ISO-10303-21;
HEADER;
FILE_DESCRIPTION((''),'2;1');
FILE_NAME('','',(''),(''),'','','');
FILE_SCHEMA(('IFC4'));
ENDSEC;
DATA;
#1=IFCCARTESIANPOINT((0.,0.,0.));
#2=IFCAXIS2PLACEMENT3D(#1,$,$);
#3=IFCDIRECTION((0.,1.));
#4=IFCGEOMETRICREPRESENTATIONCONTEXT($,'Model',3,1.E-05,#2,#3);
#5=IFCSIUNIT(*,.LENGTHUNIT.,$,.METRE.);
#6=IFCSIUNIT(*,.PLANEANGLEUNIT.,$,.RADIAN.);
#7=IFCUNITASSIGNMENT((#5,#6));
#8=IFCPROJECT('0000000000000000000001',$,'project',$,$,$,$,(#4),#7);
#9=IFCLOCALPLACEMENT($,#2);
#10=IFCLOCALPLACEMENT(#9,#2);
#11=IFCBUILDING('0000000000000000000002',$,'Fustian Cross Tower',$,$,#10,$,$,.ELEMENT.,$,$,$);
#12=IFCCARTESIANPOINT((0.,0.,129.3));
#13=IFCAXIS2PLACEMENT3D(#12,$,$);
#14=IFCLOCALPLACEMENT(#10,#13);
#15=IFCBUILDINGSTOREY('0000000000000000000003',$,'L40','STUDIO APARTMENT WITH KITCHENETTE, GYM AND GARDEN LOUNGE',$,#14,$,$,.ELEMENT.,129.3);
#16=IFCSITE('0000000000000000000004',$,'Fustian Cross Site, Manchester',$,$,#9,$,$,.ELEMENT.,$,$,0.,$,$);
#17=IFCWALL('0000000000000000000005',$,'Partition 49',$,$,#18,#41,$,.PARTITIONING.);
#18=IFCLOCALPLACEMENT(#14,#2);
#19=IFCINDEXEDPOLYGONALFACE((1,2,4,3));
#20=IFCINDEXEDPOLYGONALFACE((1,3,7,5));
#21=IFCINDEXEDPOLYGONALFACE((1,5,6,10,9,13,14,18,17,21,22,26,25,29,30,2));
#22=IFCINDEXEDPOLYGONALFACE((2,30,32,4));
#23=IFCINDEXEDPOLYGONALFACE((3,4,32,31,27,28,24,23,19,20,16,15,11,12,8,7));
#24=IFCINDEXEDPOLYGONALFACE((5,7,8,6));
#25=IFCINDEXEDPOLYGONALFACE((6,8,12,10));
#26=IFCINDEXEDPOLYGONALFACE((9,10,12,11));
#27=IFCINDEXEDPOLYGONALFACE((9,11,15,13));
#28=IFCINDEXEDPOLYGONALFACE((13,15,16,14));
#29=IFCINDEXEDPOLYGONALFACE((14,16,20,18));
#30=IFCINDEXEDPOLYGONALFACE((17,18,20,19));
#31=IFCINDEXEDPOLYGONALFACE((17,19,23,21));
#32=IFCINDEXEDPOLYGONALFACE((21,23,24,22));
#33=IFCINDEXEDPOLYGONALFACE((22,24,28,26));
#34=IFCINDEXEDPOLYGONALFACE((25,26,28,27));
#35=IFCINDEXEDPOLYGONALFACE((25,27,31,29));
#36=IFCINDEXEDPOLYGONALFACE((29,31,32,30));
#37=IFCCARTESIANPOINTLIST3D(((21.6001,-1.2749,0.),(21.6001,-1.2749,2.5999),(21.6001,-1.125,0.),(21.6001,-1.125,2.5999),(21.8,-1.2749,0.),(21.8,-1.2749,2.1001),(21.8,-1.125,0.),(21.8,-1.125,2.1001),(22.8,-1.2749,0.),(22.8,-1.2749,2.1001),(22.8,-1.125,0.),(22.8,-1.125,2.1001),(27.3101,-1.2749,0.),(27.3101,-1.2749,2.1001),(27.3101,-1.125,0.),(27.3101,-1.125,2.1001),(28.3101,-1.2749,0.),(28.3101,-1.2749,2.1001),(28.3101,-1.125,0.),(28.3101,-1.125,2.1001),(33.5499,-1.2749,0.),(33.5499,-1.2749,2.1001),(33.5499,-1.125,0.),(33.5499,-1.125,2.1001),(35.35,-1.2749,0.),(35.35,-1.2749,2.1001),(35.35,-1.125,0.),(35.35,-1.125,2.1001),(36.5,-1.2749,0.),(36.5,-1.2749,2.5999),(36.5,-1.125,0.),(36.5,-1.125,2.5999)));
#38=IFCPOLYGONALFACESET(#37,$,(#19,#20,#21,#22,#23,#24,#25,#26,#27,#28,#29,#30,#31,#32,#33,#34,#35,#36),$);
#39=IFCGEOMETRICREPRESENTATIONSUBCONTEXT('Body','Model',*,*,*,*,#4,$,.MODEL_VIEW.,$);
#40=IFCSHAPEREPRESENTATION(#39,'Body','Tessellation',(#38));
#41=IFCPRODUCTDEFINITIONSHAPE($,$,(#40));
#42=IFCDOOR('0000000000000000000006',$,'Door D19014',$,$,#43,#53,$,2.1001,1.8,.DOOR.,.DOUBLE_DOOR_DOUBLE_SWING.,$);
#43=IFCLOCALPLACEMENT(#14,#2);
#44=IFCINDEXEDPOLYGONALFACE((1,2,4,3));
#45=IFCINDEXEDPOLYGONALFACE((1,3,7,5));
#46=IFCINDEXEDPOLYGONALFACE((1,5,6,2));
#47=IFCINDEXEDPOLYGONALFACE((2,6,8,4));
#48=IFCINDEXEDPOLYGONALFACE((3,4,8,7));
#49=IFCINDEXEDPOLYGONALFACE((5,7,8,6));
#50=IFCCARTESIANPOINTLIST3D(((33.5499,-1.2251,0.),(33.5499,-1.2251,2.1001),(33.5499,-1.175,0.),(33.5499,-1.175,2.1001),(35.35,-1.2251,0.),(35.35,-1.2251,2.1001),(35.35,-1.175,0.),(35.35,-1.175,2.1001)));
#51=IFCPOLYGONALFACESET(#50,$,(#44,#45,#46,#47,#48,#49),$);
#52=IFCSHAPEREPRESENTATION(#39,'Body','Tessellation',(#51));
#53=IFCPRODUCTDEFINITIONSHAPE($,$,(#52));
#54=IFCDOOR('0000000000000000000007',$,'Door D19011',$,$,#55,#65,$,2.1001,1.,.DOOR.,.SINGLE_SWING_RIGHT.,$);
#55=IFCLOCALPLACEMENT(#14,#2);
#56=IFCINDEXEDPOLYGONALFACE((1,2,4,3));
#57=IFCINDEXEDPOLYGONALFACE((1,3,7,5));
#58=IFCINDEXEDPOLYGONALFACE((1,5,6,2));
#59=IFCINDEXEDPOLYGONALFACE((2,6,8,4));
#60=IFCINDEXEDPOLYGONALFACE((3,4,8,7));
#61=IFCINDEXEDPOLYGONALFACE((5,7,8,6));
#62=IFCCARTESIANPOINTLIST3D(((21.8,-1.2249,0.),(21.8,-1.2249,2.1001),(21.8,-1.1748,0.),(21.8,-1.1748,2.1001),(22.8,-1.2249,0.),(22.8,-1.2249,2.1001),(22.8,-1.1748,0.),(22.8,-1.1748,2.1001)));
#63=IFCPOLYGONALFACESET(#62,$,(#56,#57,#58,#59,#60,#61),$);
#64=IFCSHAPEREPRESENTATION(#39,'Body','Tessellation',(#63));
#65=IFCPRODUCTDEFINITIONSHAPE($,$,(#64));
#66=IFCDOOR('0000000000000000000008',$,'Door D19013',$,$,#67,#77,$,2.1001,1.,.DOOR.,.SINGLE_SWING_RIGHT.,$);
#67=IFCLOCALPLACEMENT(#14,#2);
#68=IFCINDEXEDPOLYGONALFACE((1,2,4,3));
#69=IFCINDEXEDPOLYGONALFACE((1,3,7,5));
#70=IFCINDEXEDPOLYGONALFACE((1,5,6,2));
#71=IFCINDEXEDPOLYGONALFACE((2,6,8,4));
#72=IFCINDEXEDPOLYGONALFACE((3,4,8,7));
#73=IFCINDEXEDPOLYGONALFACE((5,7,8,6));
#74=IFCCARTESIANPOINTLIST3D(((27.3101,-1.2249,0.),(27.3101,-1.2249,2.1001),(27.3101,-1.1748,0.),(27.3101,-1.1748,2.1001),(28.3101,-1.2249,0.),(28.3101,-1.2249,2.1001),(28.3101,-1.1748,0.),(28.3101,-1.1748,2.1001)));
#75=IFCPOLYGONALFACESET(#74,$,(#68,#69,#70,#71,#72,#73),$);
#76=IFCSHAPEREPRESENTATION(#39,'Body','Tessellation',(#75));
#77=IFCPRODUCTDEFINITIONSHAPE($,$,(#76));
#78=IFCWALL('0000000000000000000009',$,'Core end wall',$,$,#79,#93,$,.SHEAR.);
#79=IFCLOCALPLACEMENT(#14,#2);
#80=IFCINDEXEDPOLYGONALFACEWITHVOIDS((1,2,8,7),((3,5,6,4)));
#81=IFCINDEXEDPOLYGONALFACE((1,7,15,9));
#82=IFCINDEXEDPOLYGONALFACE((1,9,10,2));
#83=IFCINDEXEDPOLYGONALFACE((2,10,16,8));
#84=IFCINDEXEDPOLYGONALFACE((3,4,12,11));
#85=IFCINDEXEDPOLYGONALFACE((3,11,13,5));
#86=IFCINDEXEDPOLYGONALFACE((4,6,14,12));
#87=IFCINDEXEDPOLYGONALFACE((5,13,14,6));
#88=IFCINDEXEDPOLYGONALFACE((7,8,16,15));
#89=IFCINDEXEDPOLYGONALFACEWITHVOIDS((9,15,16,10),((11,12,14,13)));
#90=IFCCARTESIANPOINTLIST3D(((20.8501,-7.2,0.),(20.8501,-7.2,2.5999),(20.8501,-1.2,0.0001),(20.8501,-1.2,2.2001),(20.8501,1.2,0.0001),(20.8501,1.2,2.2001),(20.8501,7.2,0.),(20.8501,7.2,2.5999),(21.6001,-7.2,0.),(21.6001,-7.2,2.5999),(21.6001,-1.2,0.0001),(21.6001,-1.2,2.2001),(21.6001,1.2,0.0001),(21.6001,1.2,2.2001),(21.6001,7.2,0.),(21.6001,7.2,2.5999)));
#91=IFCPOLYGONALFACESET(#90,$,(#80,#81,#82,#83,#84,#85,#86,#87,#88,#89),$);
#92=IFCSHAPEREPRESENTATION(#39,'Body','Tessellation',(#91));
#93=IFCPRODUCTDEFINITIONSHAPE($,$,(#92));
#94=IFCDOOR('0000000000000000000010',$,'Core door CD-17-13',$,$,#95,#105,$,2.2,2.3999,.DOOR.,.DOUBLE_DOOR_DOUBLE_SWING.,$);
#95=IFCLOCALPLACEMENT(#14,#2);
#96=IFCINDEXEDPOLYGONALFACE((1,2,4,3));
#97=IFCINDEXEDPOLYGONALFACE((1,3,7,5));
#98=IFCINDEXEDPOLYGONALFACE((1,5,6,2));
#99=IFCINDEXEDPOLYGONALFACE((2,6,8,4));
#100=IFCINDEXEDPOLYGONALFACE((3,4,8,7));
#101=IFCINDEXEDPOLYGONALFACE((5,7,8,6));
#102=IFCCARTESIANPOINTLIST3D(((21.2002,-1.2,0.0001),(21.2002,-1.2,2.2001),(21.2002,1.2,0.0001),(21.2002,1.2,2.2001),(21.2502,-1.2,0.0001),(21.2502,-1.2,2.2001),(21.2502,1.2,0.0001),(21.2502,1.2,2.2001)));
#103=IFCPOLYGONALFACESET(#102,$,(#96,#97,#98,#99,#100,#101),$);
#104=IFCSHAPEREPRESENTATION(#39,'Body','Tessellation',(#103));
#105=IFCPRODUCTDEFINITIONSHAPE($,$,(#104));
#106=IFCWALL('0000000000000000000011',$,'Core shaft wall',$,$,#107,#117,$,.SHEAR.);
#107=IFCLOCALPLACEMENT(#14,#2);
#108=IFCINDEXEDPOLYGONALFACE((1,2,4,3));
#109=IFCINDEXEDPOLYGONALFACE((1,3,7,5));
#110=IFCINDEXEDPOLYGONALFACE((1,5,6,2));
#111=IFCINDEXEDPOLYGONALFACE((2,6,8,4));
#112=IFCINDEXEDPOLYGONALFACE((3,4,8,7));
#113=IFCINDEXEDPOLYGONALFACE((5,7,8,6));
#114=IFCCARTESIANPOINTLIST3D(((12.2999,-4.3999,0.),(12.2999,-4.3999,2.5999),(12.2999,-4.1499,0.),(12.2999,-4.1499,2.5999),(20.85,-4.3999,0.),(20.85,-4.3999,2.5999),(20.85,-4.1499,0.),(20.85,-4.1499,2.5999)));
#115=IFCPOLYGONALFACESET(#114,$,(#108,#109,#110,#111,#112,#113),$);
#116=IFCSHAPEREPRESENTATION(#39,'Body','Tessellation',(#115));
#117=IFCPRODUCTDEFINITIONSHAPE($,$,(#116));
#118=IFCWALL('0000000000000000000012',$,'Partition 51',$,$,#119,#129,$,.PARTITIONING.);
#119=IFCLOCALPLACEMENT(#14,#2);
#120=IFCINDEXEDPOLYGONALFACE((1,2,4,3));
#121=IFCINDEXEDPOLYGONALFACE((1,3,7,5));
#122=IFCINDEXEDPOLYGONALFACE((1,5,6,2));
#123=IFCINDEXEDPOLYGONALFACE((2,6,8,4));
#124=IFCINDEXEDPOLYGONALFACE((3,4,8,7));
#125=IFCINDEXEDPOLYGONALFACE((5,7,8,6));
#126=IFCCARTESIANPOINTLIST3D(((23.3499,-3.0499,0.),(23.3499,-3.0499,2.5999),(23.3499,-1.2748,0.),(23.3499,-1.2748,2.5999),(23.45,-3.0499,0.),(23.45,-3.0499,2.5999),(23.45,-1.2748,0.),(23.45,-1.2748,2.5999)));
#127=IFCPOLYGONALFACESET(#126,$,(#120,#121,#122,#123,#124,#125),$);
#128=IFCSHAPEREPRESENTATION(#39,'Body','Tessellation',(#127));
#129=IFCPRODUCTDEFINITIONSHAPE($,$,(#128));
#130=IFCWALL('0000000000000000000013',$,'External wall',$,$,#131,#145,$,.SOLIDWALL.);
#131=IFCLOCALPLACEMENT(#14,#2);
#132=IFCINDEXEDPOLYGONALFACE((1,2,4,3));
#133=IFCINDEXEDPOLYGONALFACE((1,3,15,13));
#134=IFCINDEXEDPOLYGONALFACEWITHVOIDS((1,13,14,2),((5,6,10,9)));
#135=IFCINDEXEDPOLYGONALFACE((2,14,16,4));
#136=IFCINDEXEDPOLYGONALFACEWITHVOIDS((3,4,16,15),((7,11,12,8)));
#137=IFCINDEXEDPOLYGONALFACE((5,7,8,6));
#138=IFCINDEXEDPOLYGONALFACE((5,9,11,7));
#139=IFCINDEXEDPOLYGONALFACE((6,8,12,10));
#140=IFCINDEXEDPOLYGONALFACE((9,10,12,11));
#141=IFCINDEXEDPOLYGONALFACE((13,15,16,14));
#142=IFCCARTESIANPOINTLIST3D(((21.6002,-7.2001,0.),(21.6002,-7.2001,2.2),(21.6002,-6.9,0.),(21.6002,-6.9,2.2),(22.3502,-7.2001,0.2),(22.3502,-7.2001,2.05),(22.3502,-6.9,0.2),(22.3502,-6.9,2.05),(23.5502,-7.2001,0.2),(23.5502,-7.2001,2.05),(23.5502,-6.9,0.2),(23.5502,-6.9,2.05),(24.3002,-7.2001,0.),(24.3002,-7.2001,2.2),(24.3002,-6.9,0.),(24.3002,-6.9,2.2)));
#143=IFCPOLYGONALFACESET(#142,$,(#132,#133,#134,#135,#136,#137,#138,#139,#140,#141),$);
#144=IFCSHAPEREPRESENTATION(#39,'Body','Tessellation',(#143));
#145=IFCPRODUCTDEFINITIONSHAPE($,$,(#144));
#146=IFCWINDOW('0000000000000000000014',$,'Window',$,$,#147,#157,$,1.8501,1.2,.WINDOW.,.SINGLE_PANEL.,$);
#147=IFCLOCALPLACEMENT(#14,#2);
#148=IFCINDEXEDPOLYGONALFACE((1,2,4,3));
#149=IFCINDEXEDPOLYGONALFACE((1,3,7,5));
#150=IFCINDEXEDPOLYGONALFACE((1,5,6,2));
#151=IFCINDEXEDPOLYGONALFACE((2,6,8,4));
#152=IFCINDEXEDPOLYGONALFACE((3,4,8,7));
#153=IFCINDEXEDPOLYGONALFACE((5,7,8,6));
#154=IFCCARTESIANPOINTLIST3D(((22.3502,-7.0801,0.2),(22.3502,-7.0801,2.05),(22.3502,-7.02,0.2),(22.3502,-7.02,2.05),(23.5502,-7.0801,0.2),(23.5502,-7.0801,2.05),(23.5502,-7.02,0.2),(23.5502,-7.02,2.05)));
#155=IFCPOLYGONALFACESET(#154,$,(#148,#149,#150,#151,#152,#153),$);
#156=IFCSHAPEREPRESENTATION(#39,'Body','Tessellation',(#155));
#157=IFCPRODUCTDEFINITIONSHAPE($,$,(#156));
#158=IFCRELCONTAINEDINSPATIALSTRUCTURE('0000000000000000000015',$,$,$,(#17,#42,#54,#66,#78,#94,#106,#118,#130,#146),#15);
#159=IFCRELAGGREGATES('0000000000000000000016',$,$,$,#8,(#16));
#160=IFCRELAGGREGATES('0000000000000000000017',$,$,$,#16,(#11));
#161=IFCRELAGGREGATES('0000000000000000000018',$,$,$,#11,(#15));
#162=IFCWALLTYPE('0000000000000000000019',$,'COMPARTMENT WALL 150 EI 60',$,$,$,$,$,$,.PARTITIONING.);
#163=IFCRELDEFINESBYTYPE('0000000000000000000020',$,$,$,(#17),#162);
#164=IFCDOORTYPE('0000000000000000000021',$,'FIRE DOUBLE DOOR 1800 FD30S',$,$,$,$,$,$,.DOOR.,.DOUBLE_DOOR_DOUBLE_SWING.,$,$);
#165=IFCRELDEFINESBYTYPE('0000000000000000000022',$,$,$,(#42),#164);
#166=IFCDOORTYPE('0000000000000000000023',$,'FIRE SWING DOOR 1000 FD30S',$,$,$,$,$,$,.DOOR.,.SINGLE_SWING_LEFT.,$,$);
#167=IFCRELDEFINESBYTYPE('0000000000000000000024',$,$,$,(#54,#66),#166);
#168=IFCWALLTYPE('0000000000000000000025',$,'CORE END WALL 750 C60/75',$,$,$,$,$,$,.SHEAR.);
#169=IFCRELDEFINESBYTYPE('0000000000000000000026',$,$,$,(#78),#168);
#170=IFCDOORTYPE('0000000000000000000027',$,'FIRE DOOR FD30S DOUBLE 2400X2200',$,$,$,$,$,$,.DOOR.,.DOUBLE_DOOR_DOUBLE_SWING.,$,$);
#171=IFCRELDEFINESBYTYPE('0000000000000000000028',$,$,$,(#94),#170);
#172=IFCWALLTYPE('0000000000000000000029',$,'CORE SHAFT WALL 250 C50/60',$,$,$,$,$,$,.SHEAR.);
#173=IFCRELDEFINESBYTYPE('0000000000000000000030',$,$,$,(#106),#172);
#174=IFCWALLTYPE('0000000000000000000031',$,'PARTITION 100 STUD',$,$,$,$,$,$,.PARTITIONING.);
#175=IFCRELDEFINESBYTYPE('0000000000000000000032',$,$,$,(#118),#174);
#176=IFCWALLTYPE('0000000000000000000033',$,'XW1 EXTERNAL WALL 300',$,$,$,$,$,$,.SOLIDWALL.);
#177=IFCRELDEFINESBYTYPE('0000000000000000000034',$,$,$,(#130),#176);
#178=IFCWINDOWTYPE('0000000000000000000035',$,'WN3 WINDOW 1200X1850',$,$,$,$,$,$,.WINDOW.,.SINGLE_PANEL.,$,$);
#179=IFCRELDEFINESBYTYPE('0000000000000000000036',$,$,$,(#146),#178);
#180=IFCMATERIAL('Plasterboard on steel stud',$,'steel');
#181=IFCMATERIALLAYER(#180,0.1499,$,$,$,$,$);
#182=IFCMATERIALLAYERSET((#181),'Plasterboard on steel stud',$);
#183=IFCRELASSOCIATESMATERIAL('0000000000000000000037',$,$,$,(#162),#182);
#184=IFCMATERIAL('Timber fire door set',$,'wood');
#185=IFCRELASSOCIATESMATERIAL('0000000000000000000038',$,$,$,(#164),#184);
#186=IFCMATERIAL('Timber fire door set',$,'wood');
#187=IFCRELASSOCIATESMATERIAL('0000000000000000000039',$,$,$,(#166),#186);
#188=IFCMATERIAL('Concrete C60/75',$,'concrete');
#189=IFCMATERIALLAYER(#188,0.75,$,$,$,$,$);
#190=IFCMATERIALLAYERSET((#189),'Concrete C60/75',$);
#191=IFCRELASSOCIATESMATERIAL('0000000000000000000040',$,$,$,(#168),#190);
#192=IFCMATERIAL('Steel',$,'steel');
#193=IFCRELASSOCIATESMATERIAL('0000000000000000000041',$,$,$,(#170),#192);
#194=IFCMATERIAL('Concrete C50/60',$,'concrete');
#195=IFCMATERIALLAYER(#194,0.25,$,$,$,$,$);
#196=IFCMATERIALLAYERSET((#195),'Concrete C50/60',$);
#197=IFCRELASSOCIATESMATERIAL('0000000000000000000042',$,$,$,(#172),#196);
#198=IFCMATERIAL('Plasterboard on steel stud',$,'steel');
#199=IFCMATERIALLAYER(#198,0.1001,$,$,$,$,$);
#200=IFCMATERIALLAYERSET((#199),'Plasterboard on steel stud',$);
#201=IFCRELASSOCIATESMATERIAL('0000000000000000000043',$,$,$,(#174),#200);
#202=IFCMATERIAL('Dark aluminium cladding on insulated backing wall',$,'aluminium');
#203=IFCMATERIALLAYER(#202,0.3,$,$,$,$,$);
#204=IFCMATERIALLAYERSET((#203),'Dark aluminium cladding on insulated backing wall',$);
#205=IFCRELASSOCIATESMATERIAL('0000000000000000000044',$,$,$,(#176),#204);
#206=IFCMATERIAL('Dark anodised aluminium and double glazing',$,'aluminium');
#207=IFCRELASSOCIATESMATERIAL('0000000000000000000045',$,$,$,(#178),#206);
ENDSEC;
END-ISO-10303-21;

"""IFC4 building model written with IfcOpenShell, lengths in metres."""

from ifc_helpers import new_model, si_unit, direction, frame, frame_2d, origin, place, context, subcontext, project, spatial, rectangle, extrude, material, layer, layer_set, type_object, element, fill, save


model = new_model("IFC4")

# Units and contexts
model_context = context("Model", 3, precision=1e-05, world=origin(), true_north=direction((0.0, 1.0)))
body_context = subcontext(model_context, "Body", "Model", "MODEL_VIEW")
ifc_project = project(units=[si_unit("LENGTHUNIT", "METRE"), si_unit("PLANEANGLEUNIT", "RADIAN")], contexts=[model_context])

# Site, building, storey
site_placement = place(None, origin())
site = spatial("IfcSite", under=ifc_project, at=site_placement, Name="Fustian Cross Site, Manchester", CompositionType="ELEMENT", RefElevation=0.0)
building_placement = place(site_placement, origin())
building = spatial("IfcBuilding", under=site, at=building_placement, Name="Fustian Cross Tower", CompositionType="ELEMENT")
storey_placement = place(building_placement, frame((0.0, 0.0, 129.3)))
storey = spatial("IfcBuildingStorey", under=building, at=storey_placement, Name="L40", Description="STUDIO APARTMENT WITH KITCHENETTE, GYM AND GARDEN LOUNGE", CompositionType="ELEMENT", Elevation=129.3)

# Wall, openings, doors
ifc_material_1 = material(Name="Plasterboard on steel stud", Category="steel")
ifc_layer_1 = layer(ifc_material_1, 0.1499)
ifc_layer_set_1 = layer_set([ifc_layer_1], Name="Plasterboard on steel stud")
wall_type_1 = type_object("IfcWallType", Name="COMPARTMENT WALL 150 EI 60", PredefinedType="PARTITIONING", material=ifc_layer_set_1)
wall_1_placement = place(storey_placement, frame((21.6001, -1.2, 0.0), z_axis=(0.0, 0.0, 1.0), x_axis=(1.0, 0.0, 0.0)))
wall_1 = element("IfcWall", 1, at=wall_1_placement, inside=storey, type_object=wall_type_1, Name="Partition 49", PredefinedType="PARTITIONING", context=body_context, shape_type="SweptSolid", body=[
    extrude(rectangle(XDim=14.8999, YDim=0.1499, at=frame_2d((7.45, 0.0))), origin(), (0.0, 0.0, 1.0), 2.5999),
])
opening_1_placement = place(wall_1_placement, frame((0.2, 0.0, 0.0)))
opening_1 = element("IfcOpeningElement", 2, at=opening_1_placement, cuts=wall_1, PredefinedType="OPENING", context=body_context, shape_type="SweptSolid", body=[
    extrude(rectangle(XDim=1.0, YDim=2.1001, at=frame_2d((0.5, 1.05))), frame((0.0, 0.085, 0.0), z_axis=(0.0, -1.0, 0.0), x_axis=(1.0, 0.0, 0.0)), (0.0, 0.0, 1.0), 0.1699),
])
opening_2_placement = place(wall_1_placement, frame((5.71, 0.0, 0.0)))
opening_2 = element("IfcOpeningElement", 3, at=opening_2_placement, cuts=wall_1, PredefinedType="OPENING", context=body_context, shape_type="SweptSolid", body=[
    extrude(rectangle(XDim=1.0, YDim=2.1001, at=frame_2d((0.5, 1.05))), frame((0.0, 0.085, 0.0), z_axis=(0.0, -1.0, 0.0), x_axis=(1.0, 0.0, 0.0)), (0.0, 0.0, 1.0), 0.1699),
])
opening_3_placement = place(wall_1_placement, frame((11.95, 0.0, 0.0)))
opening_3 = element("IfcOpeningElement", 4, at=opening_3_placement, cuts=wall_1, PredefinedType="OPENING", context=body_context, shape_type="SweptSolid", body=[
    extrude(rectangle(XDim=1.8, YDim=2.1001, at=frame_2d((0.8999, 1.05))), frame((0.0, 0.085, 0.0), z_axis=(0.0, -1.0, 0.0), x_axis=(1.0, 0.0, 0.0)), (0.0, 0.0, 1.0), 0.1699),
])
ifc_material_2 = material(Name="Timber fire door set", Category="wood")
door_type_1 = type_object("IfcDoorType", Name="FIRE DOUBLE DOOR 1800 FD30S", OperationType="DOUBLE_DOOR_DOUBLE_SWING", PredefinedType="DOOR", material=ifc_material_2)
door_1_placement = place(opening_3_placement, origin())
door_1 = element("IfcDoor", 5, at=door_1_placement, inside=storey, type_object=door_type_1, Name="Door D19014", OperationType="DOUBLE_DOOR_DOUBLE_SWING", OverallHeight=2.1001, OverallWidth=1.8, PredefinedType="DOOR", context=body_context, shape_type="SweptSolid", body=[
    extrude(rectangle(XDim=1.8, YDim=2.1001, at=frame_2d((0.8999, 1.05))), frame((0.0, 0.0249, 0.0), z_axis=(0.0, -1.0, 0.0), x_axis=(1.0, 0.0, 0.0)), (0.0, 0.0, 1.0), 0.05),
])
fill(opening_3, door_1)
ifc_material_3 = material(Name="Timber fire door set", Category="wood")
door_type_2 = type_object("IfcDoorType", Name="FIRE SWING DOOR 1000 FD30S", OperationType="SINGLE_SWING_LEFT", PredefinedType="DOOR", material=ifc_material_3)
door_2_placement = place(opening_1_placement, frame((1.0, 0.0, 0.0), z_axis=(0.0, 0.0, 1.0), x_axis=(-1.0, 0.0, 0.0)))
door_2 = element("IfcDoor", 6, at=door_2_placement, inside=storey, type_object=door_type_2, Name="Door D19011", OperationType="SINGLE_SWING_RIGHT", OverallHeight=2.1001, OverallWidth=1.0, PredefinedType="DOOR", context=body_context, shape_type="SweptSolid", body=[
    extrude(rectangle(XDim=1.0, YDim=2.1001, at=frame_2d((0.5, 1.05))), frame((0.0, 0.0249, 0.0), z_axis=(0.0, -1.0, 0.0), x_axis=(1.0, 0.0, 0.0)), (0.0, 0.0, 1.0), 0.05),
])
fill(opening_1, door_2)
door_3_placement = place(opening_2_placement, frame((1.0, 0.0, 0.0), z_axis=(0.0, 0.0, 1.0), x_axis=(-1.0, 0.0, 0.0)))
door_3 = element("IfcDoor", 7, at=door_3_placement, inside=storey, type_object=door_type_2, Name="Door D19013", OperationType="SINGLE_SWING_RIGHT", OverallHeight=2.1001, OverallWidth=1.0, PredefinedType="DOOR", context=body_context, shape_type="SweptSolid", body=[
    extrude(rectangle(XDim=1.0, YDim=2.1001, at=frame_2d((0.5, 1.05))), frame((0.0, 0.0249, 0.0), z_axis=(0.0, -1.0, 0.0), x_axis=(1.0, 0.0, 0.0)), (0.0, 0.0, 1.0), 0.05),
])
fill(opening_2, door_3)

# Wall, opening, door
ifc_material_4 = material(Name="Concrete C60/75", Category="concrete")
ifc_layer_2 = layer(ifc_material_4, 0.75)
ifc_layer_set_2 = layer_set([ifc_layer_2], Name="Concrete C60/75")
wall_type_2 = type_object("IfcWallType", Name="CORE END WALL 750 C60/75", PredefinedType="SHEAR", material=ifc_layer_set_2)
wall_2_placement = place(storey_placement, frame((21.2251, -7.2, 0.0), z_axis=(0.0, 0.0, 1.0), x_axis=(0.0, 1.0, 0.0)))
wall_2 = element("IfcWall", 8, at=wall_2_placement, inside=storey, type_object=wall_type_2, Name="Core end wall", PredefinedType="SHEAR", context=body_context, shape_type="SweptSolid", body=[
    extrude(rectangle(XDim=14.3999, YDim=0.75, at=frame_2d((7.2, 0.0))), origin(), (0.0, 0.0, 1.0), 2.5999),
])
opening_4_placement = place(wall_2_placement, frame((6.0, 0.0, 0.0)))
opening_4 = element("IfcOpeningElement", 9, at=opening_4_placement, cuts=wall_2, PredefinedType="OPENING", context=body_context, shape_type="SweptSolid", body=[
    extrude(rectangle(XDim=2.3999, YDim=2.2, at=frame_2d((1.2, 1.1001))), frame((0.0, 0.385, 0.0), z_axis=(0.0, -1.0, 0.0), x_axis=(1.0, 0.0, 0.0)), (0.0, 0.0, 1.0), 0.77),
])
ifc_material_5 = material(Name="Steel", Category="steel")
door_type_3 = type_object("IfcDoorType", Name="FIRE DOOR FD30S DOUBLE 2400X2200", OperationType="DOUBLE_DOOR_DOUBLE_SWING", PredefinedType="DOOR", material=ifc_material_5)
door_4_placement = place(opening_4_placement, origin())
door_4 = element("IfcDoor", 10, at=door_4_placement, inside=storey, type_object=door_type_3, Name="Core door CD-17-13", OperationType="DOUBLE_DOOR_DOUBLE_SWING", OverallHeight=2.2, OverallWidth=2.3999, PredefinedType="DOOR", context=body_context, shape_type="SweptSolid", body=[
    extrude(rectangle(XDim=2.3999, YDim=2.2, at=frame_2d((1.2, 1.1001))), frame((0.0, 0.0249, 0.0), z_axis=(0.0, -1.0, 0.0), x_axis=(1.0, 0.0, 0.0)), (0.0, 0.0, 1.0), 0.05),
])
fill(opening_4, door_4)

# Walls
ifc_material_6 = material(Name="Concrete C50/60", Category="concrete")
ifc_layer_3 = layer(ifc_material_6, 0.25)
ifc_layer_set_3 = layer_set([ifc_layer_3], Name="Concrete C50/60")
wall_type_3 = type_object("IfcWallType", Name="CORE SHAFT WALL 250 C50/60", PredefinedType="SHEAR", material=ifc_layer_set_3)
wall_3_placement = place(storey_placement, frame((12.3, -4.2749, 0.0), z_axis=(0.0, 0.0, 1.0), x_axis=(1.0, 0.0, 0.0)))
element("IfcWall", 11, at=wall_3_placement, inside=storey, type_object=wall_type_3, Name="Core shaft wall", PredefinedType="SHEAR", context=body_context, shape_type="SweptSolid", body=[
    extrude(rectangle(XDim=8.55, YDim=0.25, at=frame_2d((4.2749, 0.0))), origin(), (0.0, 0.0, 1.0), 2.5999),
])
ifc_material_7 = material(Name="Plasterboard on steel stud", Category="steel")
ifc_layer_4 = layer(ifc_material_7, 0.1001)
ifc_layer_set_4 = layer_set([ifc_layer_4], Name="Plasterboard on steel stud")
wall_type_4 = type_object("IfcWallType", Name="PARTITION 100 STUD", PredefinedType="PARTITIONING", material=ifc_layer_set_4)
wall_4_placement = place(storey_placement, frame((23.3999, -3.05, 0.0), z_axis=(0.0, 0.0, 1.0), x_axis=(0.0, 1.0, 0.0)))
element("IfcWall", 12, at=wall_4_placement, inside=storey, type_object=wall_type_4, Name="Partition 51", PredefinedType="PARTITIONING", context=body_context, shape_type="SweptSolid", body=[
    extrude(rectangle(XDim=1.7751, YDim=0.1001, at=frame_2d((0.8877, 0.0))), origin(), (0.0, 0.0, 1.0), 2.5999),
])

# Wall, opening, window
ifc_material_8 = material(Name="Dark aluminium cladding on insulated backing wall", Category="aluminium")
ifc_layer_5 = layer(ifc_material_8, 0.3)
ifc_layer_set_5 = layer_set([ifc_layer_5], Name="Dark aluminium cladding on insulated backing wall")
wall_type_5 = type_object("IfcWallType", Name="XW1 EXTERNAL WALL 300", PredefinedType="SOLIDWALL", material=ifc_layer_set_5)
wall_5_placement = place(storey_placement, frame((21.6001, -7.05, 0.0), z_axis=(0.0, 0.0, 1.0), x_axis=(1.0, 0.0, 0.0)))
wall_5 = element("IfcWall", 13, at=wall_5_placement, inside=storey, type_object=wall_type_5, Name="External wall", PredefinedType="SOLIDWALL", context=body_context, shape_type="SweptSolid", body=[
    extrude(rectangle(XDim=2.7, YDim=0.3, at=frame_2d((1.3501, 0.0))), origin(), (0.0, 0.0, 1.0), 2.2),
])
opening_5_placement = place(wall_5_placement, frame((0.75, 0.0, 0.2)))
opening_5 = element("IfcOpeningElement", 14, at=opening_5_placement, cuts=wall_5, PredefinedType="OPENING", context=body_context, shape_type="SweptSolid", body=[
    extrude(rectangle(XDim=1.2, YDim=1.8501, at=frame_2d((0.6001, 0.925))), frame((0.0, 0.1599, 0.0), z_axis=(0.0, -1.0, 0.0), x_axis=(1.0, 0.0, 0.0)), (0.0, 0.0, 1.0), 0.3201),
])
ifc_material_9 = material(Name="Dark anodised aluminium and double glazing", Category="aluminium")
window_type = type_object("IfcWindowType", Name="WN3 WINDOW 1200X1850", PartitioningType="SINGLE_PANEL", PredefinedType="WINDOW", material=ifc_material_9)
window_placement = place(opening_5_placement, origin())
window = element("IfcWindow", 15, at=window_placement, inside=storey, type_object=window_type, Name="Window", OverallHeight=1.8501, OverallWidth=1.2, PartitioningType="SINGLE_PANEL", PredefinedType="WINDOW", context=body_context, shape_type="SweptSolid", body=[
    extrude(rectangle(XDim=1.2, YDim=1.8501, at=frame_2d((0.6001, 0.925))), frame((0.0, 0.03, 0.0), z_axis=(0.0, -1.0, 0.0), x_axis=(1.0, 0.0, 0.0)), (0.0, 0.0, 1.0), 0.0601),
])
fill(opening_5, window)

save(model, "model.ifc")
